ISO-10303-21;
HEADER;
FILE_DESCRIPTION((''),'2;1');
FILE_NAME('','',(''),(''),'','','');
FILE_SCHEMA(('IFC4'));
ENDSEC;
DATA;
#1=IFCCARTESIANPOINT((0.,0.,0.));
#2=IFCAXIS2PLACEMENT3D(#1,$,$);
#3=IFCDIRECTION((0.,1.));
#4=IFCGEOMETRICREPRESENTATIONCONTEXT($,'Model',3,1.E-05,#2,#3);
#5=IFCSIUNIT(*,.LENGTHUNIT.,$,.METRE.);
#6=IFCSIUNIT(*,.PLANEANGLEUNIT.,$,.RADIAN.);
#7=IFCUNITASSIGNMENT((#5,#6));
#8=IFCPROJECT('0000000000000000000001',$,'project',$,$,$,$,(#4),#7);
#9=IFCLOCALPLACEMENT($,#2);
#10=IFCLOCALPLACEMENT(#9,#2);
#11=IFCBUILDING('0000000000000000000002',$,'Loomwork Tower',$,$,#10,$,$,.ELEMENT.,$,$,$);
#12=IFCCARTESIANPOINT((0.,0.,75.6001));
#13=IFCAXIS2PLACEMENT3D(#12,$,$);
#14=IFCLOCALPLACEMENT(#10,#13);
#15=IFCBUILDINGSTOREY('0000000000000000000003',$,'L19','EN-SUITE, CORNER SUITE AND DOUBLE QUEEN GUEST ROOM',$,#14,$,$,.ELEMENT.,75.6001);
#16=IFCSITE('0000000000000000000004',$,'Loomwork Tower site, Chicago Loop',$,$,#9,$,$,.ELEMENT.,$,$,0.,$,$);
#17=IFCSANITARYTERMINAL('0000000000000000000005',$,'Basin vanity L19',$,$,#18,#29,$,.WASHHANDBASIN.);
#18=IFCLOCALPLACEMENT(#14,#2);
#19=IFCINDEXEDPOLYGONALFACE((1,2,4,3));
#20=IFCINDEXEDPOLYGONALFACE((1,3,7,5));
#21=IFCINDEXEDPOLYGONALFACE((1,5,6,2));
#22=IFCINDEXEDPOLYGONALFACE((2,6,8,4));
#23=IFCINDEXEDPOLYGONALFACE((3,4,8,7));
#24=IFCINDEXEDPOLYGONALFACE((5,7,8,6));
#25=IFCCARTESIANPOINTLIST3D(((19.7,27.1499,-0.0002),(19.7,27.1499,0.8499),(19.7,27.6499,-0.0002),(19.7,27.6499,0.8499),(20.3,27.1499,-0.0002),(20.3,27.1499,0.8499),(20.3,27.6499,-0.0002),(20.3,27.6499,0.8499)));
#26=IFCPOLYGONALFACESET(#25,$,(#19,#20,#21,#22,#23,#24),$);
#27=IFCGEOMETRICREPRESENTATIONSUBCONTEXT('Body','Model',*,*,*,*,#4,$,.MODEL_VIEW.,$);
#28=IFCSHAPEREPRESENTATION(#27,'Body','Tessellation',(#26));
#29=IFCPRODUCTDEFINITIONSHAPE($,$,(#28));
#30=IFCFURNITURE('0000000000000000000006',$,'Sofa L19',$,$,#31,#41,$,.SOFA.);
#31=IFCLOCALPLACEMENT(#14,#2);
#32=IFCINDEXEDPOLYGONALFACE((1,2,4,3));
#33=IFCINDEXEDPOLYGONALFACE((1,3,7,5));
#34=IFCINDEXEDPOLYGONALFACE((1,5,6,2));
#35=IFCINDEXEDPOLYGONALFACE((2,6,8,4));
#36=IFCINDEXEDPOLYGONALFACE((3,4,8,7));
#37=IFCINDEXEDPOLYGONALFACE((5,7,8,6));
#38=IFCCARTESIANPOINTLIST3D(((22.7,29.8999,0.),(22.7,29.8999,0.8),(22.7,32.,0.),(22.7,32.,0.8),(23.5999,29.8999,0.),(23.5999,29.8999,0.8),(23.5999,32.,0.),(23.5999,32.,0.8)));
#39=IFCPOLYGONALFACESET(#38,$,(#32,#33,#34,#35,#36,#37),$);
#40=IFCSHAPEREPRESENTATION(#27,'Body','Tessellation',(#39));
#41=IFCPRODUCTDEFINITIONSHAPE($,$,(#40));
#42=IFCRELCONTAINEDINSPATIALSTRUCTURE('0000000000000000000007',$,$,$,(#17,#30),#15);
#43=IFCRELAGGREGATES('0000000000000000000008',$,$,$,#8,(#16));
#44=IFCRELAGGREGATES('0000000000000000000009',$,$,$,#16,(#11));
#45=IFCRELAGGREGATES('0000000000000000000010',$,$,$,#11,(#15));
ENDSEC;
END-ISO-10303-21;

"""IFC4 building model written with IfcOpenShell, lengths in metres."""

from ifc_helpers import new_model, si_unit, direction, frame, origin, origin_2d, place, context, subcontext, project, spatial, rectangle, extrude, element, save


model = new_model("IFC4")

# Units and contexts
model_context = context("Model", 3, precision=1e-05, world=origin(), true_north=direction((0.0, 1.0)))
body_context = subcontext(model_context, "Body", "Model", "MODEL_VIEW")
ifc_project = project(units=[si_unit("LENGTHUNIT", "METRE"), si_unit("PLANEANGLEUNIT", "RADIAN")], contexts=[model_context])

# Site, building, storey
site_placement = place(None, origin())
site = spatial("IfcSite", under=ifc_project, at=site_placement, Name="Loomwork Tower site, Chicago Loop", CompositionType="ELEMENT", RefElevation=0.0)
building_placement = place(site_placement, origin())
building = spatial("IfcBuilding", under=site, at=building_placement, Name="Loomwork Tower", CompositionType="ELEMENT")
storey_placement = place(building_placement, frame((0.0, 0.0, 75.6001)))
storey = spatial("IfcBuildingStorey", under=building, at=storey_placement, Name="L19", Description="EN-SUITE, CORNER SUITE AND DOUBLE QUEEN GUEST ROOM", CompositionType="ELEMENT", Elevation=75.6001)

# Sanitary terminal
sanitary_terminal_1_placement = place(storey_placement, frame((20.0, 27.3999, -0.0002), z_axis=(0.0, 0.0, 1.0), x_axis=(1.0, 0.0, 0.0)))
element("IfcSanitaryTerminal", 1, at=sanitary_terminal_1_placement, inside=storey, Name="Basin vanity L19", PredefinedType="WASHHANDBASIN", context=body_context, shape_type="SweptSolid", body=[
    extrude(rectangle(XDim=0.6001, YDim=0.5, at=origin_2d()), origin(), (0.0, 0.0, 1.0), 0.8501),
])

# Furniture
furniture_placement = place(storey_placement, frame((23.1499, 30.95, 0.0), z_axis=(0.0, 0.0, 1.0), x_axis=(1.0, 0.0, 0.0)))
element("IfcFurniture", 2, at=furniture_placement, inside=storey, Name="Sofa L19", PredefinedType="SOFA", context=body_context, shape_type="SweptSolid", body=[
    extrude(rectangle(XDim=0.8999, YDim=2.1001, at=origin_2d()), origin(), (0.0, 0.0, 1.0), 0.8),
])

save(model, "model.ifc")
